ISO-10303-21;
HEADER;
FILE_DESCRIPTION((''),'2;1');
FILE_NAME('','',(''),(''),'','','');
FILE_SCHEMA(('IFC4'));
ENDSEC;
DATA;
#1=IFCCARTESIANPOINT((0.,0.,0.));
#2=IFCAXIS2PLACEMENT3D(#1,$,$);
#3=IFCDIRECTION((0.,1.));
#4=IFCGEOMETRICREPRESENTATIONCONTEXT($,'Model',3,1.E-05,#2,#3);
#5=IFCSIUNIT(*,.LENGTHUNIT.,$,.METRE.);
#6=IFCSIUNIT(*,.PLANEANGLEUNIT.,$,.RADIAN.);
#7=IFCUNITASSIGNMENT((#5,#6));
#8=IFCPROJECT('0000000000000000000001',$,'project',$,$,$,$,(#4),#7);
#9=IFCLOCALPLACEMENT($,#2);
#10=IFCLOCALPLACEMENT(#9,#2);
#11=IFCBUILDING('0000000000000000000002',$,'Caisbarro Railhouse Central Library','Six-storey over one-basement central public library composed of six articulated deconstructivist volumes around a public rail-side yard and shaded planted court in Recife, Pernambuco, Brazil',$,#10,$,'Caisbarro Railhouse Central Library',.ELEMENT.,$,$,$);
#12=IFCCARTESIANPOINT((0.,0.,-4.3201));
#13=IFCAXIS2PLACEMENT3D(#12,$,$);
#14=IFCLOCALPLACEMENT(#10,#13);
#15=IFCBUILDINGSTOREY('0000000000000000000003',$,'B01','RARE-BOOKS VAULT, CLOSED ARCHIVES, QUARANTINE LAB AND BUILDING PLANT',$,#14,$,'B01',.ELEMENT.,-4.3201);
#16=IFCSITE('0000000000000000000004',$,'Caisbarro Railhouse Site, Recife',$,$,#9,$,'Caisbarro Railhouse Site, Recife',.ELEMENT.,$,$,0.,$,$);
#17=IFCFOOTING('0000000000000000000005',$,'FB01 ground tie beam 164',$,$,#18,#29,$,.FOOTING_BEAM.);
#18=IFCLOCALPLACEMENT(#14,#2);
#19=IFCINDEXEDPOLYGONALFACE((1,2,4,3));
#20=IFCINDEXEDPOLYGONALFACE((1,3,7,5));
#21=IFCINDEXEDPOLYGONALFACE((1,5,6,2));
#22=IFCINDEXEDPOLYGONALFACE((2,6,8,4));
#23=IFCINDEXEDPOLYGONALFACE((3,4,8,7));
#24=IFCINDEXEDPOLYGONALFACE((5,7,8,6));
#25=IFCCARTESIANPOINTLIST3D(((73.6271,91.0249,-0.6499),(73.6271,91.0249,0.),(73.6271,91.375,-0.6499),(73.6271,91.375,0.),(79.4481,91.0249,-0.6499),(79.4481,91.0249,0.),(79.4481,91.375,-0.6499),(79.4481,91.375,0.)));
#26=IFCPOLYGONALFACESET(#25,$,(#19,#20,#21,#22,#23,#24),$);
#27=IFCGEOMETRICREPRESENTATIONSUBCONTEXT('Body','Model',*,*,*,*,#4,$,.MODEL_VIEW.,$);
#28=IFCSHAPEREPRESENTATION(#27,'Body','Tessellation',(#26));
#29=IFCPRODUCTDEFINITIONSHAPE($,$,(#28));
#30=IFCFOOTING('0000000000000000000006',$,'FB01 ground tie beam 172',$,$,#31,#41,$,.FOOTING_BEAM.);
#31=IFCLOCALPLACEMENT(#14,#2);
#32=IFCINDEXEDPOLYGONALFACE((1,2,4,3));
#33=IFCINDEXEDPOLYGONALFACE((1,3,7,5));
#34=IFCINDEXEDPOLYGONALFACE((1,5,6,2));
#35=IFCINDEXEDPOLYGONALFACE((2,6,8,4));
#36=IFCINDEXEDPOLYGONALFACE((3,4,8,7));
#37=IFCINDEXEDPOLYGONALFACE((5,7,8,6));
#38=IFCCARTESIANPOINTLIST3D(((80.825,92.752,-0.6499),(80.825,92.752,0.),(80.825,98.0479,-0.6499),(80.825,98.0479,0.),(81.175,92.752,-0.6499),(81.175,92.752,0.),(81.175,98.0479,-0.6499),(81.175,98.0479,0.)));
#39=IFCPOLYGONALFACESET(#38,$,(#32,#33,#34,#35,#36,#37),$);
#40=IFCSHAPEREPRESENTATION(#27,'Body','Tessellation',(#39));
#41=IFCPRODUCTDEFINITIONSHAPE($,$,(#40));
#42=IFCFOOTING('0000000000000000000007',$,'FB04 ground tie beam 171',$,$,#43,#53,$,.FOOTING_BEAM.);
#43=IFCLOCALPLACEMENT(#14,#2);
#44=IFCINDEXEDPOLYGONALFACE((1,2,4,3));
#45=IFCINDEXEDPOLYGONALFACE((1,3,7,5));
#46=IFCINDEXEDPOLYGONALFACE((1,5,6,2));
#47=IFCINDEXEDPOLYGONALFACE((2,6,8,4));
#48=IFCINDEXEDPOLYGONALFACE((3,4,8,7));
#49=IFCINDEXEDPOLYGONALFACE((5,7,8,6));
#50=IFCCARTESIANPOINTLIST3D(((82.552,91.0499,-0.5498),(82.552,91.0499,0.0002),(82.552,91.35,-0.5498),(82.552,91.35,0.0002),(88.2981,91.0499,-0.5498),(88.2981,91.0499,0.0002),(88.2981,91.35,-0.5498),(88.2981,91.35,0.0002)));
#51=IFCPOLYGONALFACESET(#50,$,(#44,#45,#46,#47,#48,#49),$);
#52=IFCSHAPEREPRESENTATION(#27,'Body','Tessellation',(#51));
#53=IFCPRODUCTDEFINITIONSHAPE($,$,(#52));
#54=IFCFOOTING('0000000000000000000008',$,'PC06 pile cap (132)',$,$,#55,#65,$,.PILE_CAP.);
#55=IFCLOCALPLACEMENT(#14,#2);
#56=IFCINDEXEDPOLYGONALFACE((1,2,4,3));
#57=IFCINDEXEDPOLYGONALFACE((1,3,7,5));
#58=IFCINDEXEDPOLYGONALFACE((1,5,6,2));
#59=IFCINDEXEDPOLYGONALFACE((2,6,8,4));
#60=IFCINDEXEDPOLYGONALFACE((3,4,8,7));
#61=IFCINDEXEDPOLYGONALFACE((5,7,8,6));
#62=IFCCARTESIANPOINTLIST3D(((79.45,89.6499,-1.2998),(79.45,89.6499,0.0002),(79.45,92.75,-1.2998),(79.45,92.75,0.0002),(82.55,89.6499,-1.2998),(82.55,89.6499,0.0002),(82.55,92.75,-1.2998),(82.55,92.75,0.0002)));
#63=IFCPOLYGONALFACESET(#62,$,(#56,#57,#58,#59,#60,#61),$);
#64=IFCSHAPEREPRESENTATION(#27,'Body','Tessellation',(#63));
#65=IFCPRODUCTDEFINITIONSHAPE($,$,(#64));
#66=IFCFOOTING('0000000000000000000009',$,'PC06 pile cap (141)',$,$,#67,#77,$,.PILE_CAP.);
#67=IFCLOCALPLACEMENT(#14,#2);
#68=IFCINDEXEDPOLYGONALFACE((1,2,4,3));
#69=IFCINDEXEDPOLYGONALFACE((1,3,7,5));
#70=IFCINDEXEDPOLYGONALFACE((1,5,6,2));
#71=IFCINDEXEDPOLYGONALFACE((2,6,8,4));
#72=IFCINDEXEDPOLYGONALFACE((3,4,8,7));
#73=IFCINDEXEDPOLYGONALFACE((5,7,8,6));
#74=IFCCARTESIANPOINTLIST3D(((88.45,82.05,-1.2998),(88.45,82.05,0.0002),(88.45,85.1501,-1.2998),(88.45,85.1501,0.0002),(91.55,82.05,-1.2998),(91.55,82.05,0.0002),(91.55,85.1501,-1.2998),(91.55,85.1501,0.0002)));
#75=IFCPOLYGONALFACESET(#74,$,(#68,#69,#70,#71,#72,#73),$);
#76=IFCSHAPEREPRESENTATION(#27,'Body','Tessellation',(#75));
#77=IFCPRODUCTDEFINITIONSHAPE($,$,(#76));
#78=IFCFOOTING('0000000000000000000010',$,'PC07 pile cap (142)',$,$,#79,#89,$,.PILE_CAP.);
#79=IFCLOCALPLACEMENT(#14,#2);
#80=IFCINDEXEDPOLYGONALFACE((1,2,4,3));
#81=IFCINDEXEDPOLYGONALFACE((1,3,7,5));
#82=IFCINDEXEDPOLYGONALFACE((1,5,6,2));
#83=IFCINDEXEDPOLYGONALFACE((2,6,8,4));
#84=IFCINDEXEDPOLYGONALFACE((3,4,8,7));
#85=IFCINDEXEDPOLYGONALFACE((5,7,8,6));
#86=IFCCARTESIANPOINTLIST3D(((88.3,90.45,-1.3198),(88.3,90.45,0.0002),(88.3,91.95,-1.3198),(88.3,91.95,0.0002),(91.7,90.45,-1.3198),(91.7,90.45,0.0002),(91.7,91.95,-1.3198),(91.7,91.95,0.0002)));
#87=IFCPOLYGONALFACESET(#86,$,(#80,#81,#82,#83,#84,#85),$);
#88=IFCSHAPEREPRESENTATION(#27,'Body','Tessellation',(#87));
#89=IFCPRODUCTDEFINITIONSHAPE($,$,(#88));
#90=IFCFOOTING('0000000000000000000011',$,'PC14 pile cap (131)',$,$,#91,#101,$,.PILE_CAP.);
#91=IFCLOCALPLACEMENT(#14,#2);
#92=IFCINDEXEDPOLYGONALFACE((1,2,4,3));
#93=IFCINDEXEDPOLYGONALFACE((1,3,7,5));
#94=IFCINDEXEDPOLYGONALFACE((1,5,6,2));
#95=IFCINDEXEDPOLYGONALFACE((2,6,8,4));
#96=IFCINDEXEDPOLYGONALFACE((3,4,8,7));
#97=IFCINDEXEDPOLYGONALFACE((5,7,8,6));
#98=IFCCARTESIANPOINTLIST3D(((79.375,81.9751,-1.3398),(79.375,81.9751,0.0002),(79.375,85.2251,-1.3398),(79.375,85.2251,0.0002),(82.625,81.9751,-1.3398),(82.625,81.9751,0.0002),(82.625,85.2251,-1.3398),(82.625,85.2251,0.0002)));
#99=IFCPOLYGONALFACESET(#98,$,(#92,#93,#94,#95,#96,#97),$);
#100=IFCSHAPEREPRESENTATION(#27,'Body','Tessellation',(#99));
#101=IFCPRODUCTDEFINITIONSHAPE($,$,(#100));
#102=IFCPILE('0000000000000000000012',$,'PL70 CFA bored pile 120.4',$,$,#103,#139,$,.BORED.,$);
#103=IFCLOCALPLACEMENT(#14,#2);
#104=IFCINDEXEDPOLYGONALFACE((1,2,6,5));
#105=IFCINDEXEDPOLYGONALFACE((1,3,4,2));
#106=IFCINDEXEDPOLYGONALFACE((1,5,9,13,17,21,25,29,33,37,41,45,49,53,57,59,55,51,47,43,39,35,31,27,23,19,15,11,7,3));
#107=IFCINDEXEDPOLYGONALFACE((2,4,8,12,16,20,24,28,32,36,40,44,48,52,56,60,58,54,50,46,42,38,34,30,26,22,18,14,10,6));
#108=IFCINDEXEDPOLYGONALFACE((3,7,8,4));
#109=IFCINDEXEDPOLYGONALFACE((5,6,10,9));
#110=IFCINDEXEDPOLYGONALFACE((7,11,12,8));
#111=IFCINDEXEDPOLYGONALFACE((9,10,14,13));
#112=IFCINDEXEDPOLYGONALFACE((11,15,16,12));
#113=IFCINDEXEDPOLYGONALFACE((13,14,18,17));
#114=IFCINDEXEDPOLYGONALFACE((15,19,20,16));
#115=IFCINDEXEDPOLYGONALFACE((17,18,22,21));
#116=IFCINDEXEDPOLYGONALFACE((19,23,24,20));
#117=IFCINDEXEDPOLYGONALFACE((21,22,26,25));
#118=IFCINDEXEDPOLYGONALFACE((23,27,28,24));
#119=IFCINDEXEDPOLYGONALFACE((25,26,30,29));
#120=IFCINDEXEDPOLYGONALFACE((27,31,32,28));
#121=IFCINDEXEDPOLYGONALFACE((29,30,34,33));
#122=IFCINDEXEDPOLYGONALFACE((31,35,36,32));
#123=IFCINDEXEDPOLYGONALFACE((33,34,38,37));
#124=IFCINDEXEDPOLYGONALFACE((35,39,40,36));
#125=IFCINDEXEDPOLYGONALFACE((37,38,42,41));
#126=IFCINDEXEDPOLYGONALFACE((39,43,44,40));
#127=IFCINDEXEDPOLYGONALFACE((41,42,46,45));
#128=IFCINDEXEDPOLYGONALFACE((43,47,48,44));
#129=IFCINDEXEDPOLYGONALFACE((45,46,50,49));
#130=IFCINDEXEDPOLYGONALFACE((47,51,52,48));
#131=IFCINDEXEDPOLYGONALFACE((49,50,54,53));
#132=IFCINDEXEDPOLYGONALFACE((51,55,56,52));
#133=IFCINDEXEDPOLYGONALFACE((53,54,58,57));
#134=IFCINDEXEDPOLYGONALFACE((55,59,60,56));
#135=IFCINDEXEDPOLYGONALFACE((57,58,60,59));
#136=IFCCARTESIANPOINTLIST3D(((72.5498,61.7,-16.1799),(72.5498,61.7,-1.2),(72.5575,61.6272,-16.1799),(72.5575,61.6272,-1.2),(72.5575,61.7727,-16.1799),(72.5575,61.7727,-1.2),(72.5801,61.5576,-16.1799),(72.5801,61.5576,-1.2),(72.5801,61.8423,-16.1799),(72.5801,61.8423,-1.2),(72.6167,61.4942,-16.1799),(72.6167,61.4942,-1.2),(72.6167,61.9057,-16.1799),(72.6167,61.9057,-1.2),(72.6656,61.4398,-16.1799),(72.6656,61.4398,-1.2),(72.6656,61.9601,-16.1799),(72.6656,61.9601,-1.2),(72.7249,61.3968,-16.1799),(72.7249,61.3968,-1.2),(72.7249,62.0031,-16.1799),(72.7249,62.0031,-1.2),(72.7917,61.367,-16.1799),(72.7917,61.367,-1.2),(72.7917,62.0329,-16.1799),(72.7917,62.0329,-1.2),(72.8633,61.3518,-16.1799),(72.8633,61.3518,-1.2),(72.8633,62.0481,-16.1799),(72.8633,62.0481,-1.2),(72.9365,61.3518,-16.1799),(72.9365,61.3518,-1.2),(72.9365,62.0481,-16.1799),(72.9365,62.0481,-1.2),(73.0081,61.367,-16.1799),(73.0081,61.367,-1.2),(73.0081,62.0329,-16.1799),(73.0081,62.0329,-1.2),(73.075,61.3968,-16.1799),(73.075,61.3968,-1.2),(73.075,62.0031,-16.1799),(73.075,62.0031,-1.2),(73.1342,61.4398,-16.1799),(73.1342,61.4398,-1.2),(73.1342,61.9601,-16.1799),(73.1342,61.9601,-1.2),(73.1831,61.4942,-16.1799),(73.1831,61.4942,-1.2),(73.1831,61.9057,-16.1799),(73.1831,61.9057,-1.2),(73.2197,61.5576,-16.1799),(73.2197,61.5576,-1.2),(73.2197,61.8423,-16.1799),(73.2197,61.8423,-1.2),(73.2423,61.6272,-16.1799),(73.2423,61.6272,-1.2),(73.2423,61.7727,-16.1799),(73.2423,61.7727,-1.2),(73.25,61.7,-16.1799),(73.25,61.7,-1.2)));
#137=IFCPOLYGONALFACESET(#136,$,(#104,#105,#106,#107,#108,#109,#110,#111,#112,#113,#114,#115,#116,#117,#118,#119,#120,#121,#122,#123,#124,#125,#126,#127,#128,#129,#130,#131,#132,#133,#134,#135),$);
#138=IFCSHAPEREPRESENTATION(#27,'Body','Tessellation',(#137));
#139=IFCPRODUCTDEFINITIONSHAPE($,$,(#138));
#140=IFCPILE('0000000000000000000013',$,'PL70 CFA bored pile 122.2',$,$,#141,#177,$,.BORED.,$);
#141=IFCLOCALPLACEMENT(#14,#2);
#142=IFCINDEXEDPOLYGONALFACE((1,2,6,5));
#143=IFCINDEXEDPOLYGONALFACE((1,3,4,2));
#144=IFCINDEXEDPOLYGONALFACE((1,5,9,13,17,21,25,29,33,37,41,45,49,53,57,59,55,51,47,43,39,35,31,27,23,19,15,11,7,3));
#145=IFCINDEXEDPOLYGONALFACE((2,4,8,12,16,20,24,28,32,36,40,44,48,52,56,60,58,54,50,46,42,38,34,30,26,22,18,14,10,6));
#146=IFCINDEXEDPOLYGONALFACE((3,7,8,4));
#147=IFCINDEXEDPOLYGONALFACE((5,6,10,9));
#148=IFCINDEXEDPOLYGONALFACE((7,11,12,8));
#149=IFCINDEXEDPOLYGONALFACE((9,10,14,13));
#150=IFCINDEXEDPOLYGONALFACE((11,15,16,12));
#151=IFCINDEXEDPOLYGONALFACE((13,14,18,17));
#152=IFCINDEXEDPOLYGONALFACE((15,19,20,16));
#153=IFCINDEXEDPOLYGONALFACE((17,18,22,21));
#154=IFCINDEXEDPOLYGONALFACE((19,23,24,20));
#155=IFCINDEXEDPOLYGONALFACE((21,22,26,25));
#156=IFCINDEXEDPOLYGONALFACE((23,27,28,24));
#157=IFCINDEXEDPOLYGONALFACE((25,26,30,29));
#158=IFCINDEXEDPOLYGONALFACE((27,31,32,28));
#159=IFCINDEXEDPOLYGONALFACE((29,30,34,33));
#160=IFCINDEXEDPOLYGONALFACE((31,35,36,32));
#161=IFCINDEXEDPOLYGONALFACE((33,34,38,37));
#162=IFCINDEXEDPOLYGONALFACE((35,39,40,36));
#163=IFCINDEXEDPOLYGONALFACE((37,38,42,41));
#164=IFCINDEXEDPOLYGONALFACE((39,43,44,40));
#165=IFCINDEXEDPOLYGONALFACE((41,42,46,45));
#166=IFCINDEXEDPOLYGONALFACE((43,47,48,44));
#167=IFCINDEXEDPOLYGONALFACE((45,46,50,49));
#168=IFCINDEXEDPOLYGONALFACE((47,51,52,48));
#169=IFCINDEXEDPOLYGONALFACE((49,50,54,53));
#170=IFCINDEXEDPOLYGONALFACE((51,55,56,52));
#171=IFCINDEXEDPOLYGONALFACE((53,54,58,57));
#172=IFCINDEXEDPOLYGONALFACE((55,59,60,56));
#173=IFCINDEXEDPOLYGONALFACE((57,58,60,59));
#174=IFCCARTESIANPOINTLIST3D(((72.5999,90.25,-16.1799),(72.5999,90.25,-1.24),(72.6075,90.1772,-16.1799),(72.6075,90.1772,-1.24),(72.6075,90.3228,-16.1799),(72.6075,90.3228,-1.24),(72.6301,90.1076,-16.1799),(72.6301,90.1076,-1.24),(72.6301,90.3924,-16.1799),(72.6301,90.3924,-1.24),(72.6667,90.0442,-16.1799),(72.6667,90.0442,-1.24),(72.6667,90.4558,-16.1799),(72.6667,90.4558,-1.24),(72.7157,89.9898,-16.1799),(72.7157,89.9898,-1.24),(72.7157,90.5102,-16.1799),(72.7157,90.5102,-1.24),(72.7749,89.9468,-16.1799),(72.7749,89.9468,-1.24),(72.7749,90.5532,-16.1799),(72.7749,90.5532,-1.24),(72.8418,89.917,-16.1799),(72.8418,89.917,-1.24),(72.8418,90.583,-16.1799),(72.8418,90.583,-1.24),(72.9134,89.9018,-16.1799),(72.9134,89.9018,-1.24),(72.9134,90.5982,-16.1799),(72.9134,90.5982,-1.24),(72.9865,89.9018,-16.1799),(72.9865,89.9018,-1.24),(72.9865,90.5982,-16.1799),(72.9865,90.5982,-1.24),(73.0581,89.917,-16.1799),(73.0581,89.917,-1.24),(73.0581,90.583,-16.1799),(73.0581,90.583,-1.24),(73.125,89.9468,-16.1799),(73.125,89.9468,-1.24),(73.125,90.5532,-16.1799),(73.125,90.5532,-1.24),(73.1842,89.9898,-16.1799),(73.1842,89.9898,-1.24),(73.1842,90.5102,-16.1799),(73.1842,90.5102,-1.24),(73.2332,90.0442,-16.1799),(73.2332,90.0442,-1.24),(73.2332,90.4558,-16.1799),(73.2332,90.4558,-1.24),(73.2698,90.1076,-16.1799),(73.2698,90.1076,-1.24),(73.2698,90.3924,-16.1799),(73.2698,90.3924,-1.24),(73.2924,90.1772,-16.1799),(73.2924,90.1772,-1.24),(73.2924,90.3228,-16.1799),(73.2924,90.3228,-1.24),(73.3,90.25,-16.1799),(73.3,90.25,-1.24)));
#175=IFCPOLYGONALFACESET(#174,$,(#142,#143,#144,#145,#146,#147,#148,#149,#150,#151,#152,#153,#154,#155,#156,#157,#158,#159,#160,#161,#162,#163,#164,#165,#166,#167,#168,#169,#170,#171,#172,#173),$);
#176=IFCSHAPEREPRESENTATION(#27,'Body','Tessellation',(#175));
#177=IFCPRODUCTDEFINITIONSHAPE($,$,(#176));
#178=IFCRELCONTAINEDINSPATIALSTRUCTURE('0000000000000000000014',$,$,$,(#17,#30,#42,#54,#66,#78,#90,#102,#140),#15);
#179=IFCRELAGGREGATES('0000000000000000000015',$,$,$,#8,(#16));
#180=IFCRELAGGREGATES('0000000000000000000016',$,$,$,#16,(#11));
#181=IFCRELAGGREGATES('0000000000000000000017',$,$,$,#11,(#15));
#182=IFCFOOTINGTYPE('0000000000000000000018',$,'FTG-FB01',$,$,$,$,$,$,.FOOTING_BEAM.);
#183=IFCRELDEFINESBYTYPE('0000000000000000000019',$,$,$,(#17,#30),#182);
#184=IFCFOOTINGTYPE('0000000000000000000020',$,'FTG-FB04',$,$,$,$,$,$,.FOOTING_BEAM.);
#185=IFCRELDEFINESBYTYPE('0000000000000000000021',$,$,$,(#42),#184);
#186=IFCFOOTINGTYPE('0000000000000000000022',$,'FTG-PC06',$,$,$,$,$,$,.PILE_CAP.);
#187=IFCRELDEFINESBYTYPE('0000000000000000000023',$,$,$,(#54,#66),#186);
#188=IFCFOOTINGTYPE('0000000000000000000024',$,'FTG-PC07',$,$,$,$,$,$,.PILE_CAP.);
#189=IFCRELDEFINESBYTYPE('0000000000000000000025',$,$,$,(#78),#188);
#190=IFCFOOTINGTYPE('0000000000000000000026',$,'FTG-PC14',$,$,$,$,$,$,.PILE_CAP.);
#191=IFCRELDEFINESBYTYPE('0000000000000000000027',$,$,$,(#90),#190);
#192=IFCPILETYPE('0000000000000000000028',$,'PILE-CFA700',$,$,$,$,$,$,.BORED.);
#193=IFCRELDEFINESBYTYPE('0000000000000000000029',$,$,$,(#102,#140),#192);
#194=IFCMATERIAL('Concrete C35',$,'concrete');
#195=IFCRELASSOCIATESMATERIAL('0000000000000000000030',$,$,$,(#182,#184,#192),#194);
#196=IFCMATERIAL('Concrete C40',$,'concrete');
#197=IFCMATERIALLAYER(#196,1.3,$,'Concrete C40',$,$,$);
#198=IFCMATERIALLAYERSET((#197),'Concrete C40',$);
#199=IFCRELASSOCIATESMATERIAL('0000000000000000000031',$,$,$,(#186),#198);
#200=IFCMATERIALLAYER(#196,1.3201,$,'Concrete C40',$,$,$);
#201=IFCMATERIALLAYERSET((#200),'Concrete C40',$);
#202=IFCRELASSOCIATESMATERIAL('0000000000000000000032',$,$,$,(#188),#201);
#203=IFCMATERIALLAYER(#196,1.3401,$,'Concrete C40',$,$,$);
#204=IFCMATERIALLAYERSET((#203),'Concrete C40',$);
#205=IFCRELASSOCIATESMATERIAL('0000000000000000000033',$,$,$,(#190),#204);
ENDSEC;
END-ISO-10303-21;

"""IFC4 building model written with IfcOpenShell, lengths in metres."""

from ifc_helpers import new_model, si_unit, direction, frame, origin, origin_2d, place, context, subcontext, project, spatial, rectangle, circle, extrude, material, layer, layer_set, material_profile, profile_set, type_object, element, save


model = new_model("IFC4")

# Units and contexts
model_context = context("Model", 3, precision=1e-05, world=origin(), true_north=direction((0.0, 1.0)))
body_context = subcontext(model_context, "Body", "Model", "MODEL_VIEW")
ifc_project = project(units=[si_unit("LENGTHUNIT", "METRE"), si_unit("PLANEANGLEUNIT", "RADIAN")], contexts=[model_context])

# Site, building, storey
site_placement = place(None, origin())
site = spatial("IfcSite", under=ifc_project, at=site_placement, Name="Caisbarro Railhouse Site, Recife", LongName="Caisbarro Railhouse Site, Recife", CompositionType="ELEMENT", RefElevation=0.0)
building_placement = place(site_placement, origin())
building = spatial("IfcBuilding", under=site, at=building_placement, Name="Caisbarro Railhouse Central Library", Description="Six-storey over one-basement central public library composed of six articulated deconstructivist volumes around a public rail-side yard and shaded planted court in Recife, Pernambuco, Brazil", LongName="Caisbarro Railhouse Central Library", CompositionType="ELEMENT")
storey_placement = place(building_placement, frame((0.0, 0.0, -4.3201)))
storey = spatial("IfcBuildingStorey", under=building, at=storey_placement, Name="B01", Description="RARE-BOOKS VAULT, CLOSED ARCHIVES, QUARANTINE LAB AND BUILDING PLANT", LongName="B01", CompositionType="ELEMENT", Elevation=-4.3201)

# Footings
ifc_material_1 = material(Name="Concrete C35", Category="concrete")
footing_type_1 = type_object("IfcFootingType", Name="FTG-FB01", PredefinedType="FOOTING_BEAM", material=ifc_material_1)
footing_1_placement = place(storey_placement, frame((76.5376, 91.2, -0.6499), z_axis=(0.0, 0.0, 1.0), x_axis=(1.0, 0.0, 0.0)))
element("IfcFooting", 1, at=footing_1_placement, inside=storey, type_object=footing_type_1, Name="FB01 ground tie beam 164", PredefinedType="FOOTING_BEAM", context=body_context, shape_type="SweptSolid", body=[
    extrude(rectangle(XDim=5.821, YDim=0.3501, at=origin_2d()), origin(), (0.0, 0.0, 1.0), 0.6499),
])
footing_2_placement = place(storey_placement, frame((81.0, 95.3999, -0.6499), z_axis=(0.0, 0.0, 1.0), x_axis=(0.0, 1.0, 0.0)))
element("IfcFooting", 2, at=footing_2_placement, inside=storey, type_object=footing_type_1, Name="FB01 ground tie beam 172", PredefinedType="FOOTING_BEAM", context=body_context, shape_type="SweptSolid", body=[
    extrude(rectangle(XDim=5.2959, YDim=0.3501, at=origin_2d()), origin(), (0.0, 0.0, 1.0), 0.6499),
])
footing_type_2 = type_object("IfcFootingType", Name="FTG-FB04", PredefinedType="FOOTING_BEAM", material=ifc_material_1)
footing_3_placement = place(storey_placement, frame((85.425, 91.2, -0.5498), z_axis=(0.0, 0.0, 1.0), x_axis=(1.0, 0.0, 0.0)))
element("IfcFooting", 3, at=footing_3_placement, inside=storey, type_object=footing_type_2, Name="FB04 ground tie beam 171", PredefinedType="FOOTING_BEAM", context=body_context, shape_type="SweptSolid", body=[
    extrude(rectangle(XDim=5.7461, YDim=0.3, at=origin_2d()), origin(), (0.0, 0.0, 1.0), 0.55),
])
ifc_material_2 = material(Name="Concrete C40", Category="concrete")
ifc_layer_1 = layer(ifc_material_2, 1.3, Name="Concrete C40")
ifc_layer_set_1 = layer_set([ifc_layer_1], Name="Concrete C40")
footing_type_3 = type_object("IfcFootingType", Name="FTG-PC06", PredefinedType="PILE_CAP", material=ifc_layer_set_1)
for number, where, z_axis, x_axis, name in (
    (4, (81.0, 91.2, -1.2998), (0.0, 0.0, 1.0), (1.0, 0.0, 0.0), "PC06 pile cap (132)"),
    (5, (90.0, 83.6001, -1.2998), (0.0, 0.0, 1.0), (1.0, 0.0, 0.0), "PC06 pile cap (141)"),
):
    element("IfcFooting", number, at=place(storey_placement, frame(where, z_axis=z_axis, x_axis=x_axis)), inside=storey, type_object=footing_type_3, Name=name, PredefinedType="PILE_CAP", context=body_context, shape_type="SweptSolid", body=[
        extrude(rectangle(XDim=3.1001, YDim=3.1001, at=origin_2d()), origin(), (0.0, 0.0, 1.0), 1.3),
    ])
ifc_layer_2 = layer(ifc_material_2, 1.3201, Name="Concrete C40")
ifc_layer_set_2 = layer_set([ifc_layer_2], Name="Concrete C40")
footing_type_4 = type_object("IfcFootingType", Name="FTG-PC07", PredefinedType="PILE_CAP", material=ifc_layer_set_2)
footing_4_placement = place(storey_placement, frame((90.0, 91.2, -1.3198), z_axis=(0.0, 0.0, 1.0), x_axis=(1.0, 0.0, 0.0)))
element("IfcFooting", 6, at=footing_4_placement, inside=storey, type_object=footing_type_4, Name="PC07 pile cap (142)", PredefinedType="PILE_CAP", context=body_context, shape_type="SweptSolid", body=[
    extrude(rectangle(XDim=3.3999, YDim=1.5, at=origin_2d()), origin(), (0.0, 0.0, 1.0), 1.3201),
])
ifc_layer_3 = layer(ifc_material_2, 1.3401, Name="Concrete C40")
ifc_layer_set_3 = layer_set([ifc_layer_3], Name="Concrete C40")
footing_type_5 = type_object("IfcFootingType", Name="FTG-PC14", PredefinedType="PILE_CAP", material=ifc_layer_set_3)
footing_5_placement = place(storey_placement, frame((81.0, 83.6001, -1.3398), z_axis=(0.0, 0.0, 1.0), x_axis=(1.0, 0.0, 0.0)))
element("IfcFooting", 7, at=footing_5_placement, inside=storey, type_object=footing_type_5, Name="PC14 pile cap (131)", PredefinedType="PILE_CAP", context=body_context, shape_type="SweptSolid", body=[
    extrude(rectangle(XDim=3.25, YDim=3.25, at=origin_2d()), origin(), (0.0, 0.0, 1.0), 1.3401),
])

# Piles
ifc_material_profile_1 = material_profile(ifc_material_1, circle(Radius=0.3501, at=origin_2d()), Name="PILE-CFA-700")
ifc_profile_set_1 = profile_set([ifc_material_profile_1], Name="Concrete C35")
pile_type_1 = type_object("IfcPileType", Name="PILE-CFA700", PredefinedType="BORED", material=ifc_profile_set_1)
pile_placement = place(storey_placement, frame((72.8999, 61.7, -1.2), z_axis=(0.0, 0.0, -1.0), x_axis=(1.0, 0.0, 0.0)))
element("IfcPile", 8, at=pile_placement, inside=storey, type_object=pile_type_1, Name="PL70 CFA bored pile 120.4", PredefinedType="BORED", context=body_context, shape_type="SweptSolid", body=[
    extrude(circle(Radius=0.3501, at=origin_2d()), origin(), (0.0, 0.0, 1.0), 14.98),
])
for number, where, z_axis, x_axis, name in (
    (9, (72.95, 90.25, -1.24), (0.0, 0.0, -1.0), (1.0, 0.0, 0.0), "PL70 CFA bored pile 122.2"),
):
    element("IfcPile", number, at=place(storey_placement, frame(where, z_axis=z_axis, x_axis=x_axis)), inside=storey, type_object=pile_type_1, Name=name, PredefinedType="BORED", context=body_context, shape_type="SweptSolid", body=[
        extrude(circle(Radius=0.3501, at=origin_2d()), origin(), (0.0, 0.0, 1.0), 14.9399),
    ])

save(model, "model.ifc")
